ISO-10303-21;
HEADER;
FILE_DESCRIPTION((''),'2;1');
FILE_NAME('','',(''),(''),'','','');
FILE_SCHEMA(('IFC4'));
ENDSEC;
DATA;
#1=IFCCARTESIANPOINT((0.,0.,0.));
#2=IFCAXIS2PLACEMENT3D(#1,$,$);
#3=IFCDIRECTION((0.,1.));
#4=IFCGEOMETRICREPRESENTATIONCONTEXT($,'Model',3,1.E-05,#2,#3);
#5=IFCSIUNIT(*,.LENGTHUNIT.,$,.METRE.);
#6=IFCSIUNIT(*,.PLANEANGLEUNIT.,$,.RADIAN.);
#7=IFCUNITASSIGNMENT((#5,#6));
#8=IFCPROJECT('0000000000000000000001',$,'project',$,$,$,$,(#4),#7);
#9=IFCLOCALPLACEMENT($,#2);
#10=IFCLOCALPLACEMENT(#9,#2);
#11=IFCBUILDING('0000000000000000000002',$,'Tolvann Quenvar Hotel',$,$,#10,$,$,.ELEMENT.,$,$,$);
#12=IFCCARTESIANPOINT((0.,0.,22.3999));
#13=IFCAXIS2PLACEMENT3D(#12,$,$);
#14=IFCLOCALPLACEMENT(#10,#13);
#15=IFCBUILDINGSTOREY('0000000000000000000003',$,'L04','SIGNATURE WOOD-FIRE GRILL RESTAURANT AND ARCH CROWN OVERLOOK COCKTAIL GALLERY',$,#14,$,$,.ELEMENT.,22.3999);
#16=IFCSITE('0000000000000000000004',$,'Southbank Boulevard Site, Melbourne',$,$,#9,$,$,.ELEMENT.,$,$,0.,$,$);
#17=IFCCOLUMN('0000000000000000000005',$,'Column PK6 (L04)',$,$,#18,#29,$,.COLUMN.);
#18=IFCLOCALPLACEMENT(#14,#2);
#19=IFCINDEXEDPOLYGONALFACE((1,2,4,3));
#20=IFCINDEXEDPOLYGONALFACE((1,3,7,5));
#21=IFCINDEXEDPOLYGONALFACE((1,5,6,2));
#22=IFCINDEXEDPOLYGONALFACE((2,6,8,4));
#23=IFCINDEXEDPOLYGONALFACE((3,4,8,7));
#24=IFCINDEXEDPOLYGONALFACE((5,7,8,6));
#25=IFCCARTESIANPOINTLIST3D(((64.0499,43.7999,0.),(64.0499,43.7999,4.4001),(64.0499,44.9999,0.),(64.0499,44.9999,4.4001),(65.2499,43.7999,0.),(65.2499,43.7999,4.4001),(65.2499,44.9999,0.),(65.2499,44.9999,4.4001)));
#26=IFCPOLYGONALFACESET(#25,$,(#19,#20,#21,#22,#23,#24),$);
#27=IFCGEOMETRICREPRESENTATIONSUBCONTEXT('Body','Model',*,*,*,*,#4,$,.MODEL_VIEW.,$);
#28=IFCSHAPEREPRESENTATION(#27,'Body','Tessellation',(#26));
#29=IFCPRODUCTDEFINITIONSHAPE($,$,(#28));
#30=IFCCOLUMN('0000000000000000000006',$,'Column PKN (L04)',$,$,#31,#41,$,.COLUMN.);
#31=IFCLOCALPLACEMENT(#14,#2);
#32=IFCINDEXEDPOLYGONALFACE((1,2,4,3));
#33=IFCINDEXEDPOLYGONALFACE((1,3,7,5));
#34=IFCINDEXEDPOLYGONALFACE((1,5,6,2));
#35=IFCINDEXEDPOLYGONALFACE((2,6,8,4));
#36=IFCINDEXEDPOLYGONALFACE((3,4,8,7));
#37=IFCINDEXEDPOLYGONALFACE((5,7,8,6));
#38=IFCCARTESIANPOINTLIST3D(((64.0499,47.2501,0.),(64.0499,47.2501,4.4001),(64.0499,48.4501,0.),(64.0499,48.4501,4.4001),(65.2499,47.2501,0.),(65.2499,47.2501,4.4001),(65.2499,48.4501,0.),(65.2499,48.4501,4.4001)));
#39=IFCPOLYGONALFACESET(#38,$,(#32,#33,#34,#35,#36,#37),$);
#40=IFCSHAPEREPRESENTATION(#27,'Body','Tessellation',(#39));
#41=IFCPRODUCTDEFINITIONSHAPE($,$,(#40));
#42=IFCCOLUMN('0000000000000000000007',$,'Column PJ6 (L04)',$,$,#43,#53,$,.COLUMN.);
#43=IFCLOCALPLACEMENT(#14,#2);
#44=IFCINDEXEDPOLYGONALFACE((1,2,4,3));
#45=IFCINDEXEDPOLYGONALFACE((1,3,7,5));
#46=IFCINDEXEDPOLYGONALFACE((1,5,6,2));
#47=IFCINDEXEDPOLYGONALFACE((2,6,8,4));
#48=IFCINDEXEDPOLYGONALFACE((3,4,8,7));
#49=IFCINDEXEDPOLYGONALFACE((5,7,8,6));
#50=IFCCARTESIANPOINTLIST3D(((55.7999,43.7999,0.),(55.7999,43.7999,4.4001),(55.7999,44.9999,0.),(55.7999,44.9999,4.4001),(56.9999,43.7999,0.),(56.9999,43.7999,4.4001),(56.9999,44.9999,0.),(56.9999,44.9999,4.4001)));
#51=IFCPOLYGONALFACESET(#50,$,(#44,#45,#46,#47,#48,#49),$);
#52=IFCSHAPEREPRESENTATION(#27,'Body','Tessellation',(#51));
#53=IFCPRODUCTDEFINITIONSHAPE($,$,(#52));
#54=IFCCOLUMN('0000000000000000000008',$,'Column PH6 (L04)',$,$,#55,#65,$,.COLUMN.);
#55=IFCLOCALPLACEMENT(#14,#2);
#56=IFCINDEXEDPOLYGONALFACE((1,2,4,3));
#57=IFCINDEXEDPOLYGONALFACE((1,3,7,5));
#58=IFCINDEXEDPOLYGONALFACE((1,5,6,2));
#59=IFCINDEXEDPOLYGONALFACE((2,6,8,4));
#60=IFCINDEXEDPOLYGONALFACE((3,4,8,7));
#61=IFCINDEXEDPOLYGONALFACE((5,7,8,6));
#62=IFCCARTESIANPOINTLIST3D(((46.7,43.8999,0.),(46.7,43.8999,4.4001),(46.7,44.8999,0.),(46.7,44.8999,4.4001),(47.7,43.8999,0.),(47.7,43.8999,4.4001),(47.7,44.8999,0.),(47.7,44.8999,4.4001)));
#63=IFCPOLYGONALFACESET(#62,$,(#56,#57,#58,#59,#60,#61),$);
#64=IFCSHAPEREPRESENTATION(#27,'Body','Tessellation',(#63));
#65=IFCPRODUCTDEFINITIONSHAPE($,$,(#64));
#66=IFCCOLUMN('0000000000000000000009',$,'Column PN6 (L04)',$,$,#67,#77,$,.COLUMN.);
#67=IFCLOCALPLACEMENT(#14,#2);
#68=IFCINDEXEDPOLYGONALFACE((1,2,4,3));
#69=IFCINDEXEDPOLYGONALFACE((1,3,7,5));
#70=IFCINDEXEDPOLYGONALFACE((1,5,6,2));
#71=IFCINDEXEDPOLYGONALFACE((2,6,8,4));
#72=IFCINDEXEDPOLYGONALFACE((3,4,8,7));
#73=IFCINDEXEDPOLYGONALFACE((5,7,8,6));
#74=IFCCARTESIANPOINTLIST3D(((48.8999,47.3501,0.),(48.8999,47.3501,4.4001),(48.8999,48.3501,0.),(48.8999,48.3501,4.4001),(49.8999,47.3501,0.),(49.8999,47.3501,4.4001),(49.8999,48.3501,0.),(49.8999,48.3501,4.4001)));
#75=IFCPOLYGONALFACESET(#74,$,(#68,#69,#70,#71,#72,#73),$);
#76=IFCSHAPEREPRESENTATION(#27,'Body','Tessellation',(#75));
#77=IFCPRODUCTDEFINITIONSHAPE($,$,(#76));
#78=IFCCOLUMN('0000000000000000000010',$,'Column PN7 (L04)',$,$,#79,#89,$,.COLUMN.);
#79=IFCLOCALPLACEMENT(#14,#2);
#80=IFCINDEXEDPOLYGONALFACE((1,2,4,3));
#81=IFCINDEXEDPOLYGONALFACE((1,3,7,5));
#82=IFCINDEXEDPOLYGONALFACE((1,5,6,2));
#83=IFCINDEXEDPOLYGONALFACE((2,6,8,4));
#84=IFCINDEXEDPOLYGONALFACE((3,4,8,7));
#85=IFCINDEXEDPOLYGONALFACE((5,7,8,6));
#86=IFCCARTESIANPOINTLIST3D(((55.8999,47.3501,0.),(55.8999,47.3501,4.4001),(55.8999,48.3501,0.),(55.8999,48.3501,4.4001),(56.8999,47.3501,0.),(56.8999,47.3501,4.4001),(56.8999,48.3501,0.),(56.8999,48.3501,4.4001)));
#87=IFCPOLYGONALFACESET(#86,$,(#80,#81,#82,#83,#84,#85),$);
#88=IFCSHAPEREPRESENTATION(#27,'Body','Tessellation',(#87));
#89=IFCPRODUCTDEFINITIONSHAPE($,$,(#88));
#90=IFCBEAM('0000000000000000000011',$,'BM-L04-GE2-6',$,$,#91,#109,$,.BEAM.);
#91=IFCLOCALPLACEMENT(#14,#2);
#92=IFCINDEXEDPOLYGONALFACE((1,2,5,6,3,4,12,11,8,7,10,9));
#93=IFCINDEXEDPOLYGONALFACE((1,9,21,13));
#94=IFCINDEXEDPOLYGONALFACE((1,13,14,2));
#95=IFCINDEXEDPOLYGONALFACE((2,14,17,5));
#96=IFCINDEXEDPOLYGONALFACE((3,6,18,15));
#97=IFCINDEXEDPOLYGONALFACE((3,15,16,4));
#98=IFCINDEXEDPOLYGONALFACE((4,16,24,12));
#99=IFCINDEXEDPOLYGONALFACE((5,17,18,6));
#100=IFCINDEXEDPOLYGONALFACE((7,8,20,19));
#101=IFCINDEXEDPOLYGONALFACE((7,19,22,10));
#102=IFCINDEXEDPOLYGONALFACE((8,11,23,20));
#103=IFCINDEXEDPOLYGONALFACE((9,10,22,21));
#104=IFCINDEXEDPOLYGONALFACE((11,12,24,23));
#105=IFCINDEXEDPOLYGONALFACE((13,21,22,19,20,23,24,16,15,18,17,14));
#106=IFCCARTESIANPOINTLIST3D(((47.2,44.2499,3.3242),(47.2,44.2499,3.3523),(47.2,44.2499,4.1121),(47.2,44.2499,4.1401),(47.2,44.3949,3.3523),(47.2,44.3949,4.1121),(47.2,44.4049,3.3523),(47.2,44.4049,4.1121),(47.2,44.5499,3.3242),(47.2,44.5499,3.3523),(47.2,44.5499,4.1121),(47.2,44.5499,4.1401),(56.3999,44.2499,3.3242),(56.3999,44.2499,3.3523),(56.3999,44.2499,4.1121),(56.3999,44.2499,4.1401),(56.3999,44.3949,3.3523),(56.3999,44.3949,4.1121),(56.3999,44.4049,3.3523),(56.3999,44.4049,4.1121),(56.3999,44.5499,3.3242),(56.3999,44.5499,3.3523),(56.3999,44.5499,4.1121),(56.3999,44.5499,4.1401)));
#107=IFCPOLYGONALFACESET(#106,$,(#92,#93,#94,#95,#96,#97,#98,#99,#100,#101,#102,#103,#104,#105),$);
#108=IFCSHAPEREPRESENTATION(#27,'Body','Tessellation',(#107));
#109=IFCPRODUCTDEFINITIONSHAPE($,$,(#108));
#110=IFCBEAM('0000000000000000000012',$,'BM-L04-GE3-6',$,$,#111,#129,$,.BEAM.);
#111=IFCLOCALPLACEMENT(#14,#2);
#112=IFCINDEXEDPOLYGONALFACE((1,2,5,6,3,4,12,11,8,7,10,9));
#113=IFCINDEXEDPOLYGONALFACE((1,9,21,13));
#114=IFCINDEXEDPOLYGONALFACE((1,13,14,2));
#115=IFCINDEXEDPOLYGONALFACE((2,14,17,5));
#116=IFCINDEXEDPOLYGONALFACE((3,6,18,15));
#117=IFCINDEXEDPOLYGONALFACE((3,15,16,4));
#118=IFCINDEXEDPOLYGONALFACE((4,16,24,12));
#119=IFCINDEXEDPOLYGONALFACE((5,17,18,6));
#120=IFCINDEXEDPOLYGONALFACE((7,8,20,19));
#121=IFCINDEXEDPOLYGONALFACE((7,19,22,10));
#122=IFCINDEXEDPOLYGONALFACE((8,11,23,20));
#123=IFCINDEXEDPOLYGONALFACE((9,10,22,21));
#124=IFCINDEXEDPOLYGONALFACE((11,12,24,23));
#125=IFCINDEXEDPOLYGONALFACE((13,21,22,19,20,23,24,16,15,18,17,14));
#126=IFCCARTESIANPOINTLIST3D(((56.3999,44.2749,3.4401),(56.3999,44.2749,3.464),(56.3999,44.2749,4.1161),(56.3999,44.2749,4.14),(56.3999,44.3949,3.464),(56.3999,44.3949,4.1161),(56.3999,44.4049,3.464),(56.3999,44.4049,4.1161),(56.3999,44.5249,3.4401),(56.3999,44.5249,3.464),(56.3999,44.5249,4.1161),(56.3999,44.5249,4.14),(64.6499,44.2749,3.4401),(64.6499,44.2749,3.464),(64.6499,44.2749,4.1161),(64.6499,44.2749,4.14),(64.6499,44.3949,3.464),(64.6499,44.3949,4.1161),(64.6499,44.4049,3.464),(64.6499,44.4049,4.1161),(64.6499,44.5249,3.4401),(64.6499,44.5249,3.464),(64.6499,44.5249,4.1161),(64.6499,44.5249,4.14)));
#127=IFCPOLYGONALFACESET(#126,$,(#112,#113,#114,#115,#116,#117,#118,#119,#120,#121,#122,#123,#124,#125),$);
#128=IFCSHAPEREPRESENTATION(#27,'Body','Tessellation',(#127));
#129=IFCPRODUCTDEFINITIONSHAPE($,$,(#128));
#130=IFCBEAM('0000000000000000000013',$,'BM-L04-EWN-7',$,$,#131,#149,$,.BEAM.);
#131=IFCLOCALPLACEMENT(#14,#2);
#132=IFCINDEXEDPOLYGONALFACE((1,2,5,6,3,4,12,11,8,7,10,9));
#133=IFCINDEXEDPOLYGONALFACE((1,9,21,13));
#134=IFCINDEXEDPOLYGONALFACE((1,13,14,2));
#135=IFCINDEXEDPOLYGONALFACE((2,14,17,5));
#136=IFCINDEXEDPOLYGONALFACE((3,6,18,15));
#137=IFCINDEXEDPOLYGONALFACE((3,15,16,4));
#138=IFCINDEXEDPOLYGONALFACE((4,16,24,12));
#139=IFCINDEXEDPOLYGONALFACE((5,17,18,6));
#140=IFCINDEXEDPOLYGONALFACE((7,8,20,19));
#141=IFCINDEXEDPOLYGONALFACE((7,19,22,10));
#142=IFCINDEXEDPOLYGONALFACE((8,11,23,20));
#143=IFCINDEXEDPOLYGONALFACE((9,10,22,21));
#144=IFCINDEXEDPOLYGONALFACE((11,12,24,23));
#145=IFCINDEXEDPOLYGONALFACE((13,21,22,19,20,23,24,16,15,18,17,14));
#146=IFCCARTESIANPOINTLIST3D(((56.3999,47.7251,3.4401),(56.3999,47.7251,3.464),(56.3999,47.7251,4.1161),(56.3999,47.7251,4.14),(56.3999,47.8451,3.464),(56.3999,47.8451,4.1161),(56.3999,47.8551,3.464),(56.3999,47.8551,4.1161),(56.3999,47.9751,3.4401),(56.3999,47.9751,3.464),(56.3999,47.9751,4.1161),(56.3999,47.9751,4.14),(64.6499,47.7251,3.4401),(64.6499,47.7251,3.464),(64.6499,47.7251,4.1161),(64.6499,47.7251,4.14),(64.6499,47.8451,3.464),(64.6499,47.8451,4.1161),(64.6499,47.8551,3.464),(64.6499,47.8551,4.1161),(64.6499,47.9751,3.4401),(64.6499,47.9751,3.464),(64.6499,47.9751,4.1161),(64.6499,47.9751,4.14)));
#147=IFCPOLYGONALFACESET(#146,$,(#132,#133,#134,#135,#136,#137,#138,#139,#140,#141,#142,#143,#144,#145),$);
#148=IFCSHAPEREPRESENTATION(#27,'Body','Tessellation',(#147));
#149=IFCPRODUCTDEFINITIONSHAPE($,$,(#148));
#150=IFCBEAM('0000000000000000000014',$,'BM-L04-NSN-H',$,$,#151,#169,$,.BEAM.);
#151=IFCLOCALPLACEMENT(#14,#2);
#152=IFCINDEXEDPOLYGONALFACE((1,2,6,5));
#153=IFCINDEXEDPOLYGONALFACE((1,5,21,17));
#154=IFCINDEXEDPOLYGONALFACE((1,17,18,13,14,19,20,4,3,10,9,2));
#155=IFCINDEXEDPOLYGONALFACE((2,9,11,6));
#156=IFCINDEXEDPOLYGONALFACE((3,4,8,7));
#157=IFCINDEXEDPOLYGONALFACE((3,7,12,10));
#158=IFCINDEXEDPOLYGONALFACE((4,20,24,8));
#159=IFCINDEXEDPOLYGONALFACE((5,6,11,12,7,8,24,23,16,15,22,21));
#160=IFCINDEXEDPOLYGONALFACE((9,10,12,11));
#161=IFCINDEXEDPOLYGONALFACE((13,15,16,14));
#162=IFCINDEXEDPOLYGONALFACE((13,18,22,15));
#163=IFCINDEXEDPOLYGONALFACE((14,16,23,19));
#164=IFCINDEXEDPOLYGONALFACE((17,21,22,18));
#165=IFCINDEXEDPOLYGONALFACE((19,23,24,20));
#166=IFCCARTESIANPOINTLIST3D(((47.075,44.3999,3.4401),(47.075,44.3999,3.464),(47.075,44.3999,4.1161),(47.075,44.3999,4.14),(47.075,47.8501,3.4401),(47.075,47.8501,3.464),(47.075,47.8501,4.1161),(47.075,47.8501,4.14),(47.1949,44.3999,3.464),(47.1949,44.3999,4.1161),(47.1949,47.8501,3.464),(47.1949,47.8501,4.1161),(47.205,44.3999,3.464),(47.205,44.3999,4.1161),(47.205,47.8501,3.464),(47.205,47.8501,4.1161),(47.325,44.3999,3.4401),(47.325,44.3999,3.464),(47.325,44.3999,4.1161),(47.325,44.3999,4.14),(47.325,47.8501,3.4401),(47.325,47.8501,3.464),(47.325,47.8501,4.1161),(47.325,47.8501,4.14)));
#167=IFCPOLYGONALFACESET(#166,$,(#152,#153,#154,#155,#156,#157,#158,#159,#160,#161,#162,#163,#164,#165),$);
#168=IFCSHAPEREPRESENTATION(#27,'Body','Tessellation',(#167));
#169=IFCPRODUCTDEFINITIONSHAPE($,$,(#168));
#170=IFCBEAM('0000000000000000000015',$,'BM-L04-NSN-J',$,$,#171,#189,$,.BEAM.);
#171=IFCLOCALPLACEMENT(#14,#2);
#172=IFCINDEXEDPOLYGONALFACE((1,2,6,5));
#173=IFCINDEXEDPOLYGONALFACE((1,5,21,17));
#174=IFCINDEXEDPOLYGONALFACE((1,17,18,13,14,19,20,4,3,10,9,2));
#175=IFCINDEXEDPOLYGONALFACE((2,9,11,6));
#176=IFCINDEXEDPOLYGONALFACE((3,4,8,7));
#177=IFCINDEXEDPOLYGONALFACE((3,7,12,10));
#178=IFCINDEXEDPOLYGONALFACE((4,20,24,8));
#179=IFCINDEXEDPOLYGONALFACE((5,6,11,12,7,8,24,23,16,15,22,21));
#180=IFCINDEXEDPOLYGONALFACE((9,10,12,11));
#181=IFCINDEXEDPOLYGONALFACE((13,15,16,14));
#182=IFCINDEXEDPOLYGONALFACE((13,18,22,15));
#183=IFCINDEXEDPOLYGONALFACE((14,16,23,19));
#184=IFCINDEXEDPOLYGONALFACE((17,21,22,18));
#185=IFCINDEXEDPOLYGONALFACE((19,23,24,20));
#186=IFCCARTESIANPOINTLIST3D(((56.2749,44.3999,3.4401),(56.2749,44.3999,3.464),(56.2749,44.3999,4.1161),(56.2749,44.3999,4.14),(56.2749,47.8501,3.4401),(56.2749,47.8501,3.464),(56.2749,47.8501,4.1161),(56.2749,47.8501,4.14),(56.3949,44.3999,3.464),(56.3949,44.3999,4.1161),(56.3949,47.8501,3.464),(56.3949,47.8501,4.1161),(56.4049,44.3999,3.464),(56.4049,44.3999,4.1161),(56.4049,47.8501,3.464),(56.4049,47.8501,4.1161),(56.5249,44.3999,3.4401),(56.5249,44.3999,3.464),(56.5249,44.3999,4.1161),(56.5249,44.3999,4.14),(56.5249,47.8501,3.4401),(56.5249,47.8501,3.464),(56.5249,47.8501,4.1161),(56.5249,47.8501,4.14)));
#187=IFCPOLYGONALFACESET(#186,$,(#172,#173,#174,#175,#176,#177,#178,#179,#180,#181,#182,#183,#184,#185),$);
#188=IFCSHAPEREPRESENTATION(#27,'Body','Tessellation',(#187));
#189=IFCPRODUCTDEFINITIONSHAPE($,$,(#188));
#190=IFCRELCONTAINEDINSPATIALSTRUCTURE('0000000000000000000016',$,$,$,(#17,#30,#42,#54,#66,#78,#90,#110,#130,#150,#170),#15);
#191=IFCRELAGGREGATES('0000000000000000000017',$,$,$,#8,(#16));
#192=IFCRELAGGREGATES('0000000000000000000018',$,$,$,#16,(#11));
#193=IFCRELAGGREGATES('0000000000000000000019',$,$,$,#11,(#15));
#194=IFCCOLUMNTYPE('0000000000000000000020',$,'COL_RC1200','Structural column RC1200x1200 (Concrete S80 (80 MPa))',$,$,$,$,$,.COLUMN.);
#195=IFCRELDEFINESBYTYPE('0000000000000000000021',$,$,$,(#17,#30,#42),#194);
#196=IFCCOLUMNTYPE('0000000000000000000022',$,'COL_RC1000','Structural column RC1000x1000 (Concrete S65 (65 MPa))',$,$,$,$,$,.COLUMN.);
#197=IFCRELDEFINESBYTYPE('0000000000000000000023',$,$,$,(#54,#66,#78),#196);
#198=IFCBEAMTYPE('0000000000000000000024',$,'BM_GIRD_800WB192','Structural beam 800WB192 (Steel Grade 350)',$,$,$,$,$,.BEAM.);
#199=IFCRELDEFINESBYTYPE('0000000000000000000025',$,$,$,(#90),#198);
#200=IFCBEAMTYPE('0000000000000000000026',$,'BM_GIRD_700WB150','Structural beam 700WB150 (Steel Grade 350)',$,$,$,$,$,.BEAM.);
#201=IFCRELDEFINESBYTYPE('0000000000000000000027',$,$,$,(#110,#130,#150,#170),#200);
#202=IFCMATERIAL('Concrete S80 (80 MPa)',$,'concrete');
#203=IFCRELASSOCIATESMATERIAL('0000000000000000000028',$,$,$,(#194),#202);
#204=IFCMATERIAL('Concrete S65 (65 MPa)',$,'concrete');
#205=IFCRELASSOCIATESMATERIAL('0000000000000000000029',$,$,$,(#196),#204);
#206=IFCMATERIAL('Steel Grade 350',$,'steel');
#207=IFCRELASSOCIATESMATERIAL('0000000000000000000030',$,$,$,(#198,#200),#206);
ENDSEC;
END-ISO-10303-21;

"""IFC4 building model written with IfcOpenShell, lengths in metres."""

from ifc_helpers import new_model, si_unit, direction, frame, origin, origin_2d, place, context, subcontext, project, spatial, rectangle, i_section, extrude, source, transform, mapped, material, material_profile, profile_set, type_object, type_shapes, element, save


model = new_model("IFC4")

# Units and contexts
model_context = context("Model", 3, precision=1e-05, world=origin(), true_north=direction((0.0, 1.0)))
body_context = subcontext(model_context, "Body", "Model", "MODEL_VIEW")
ifc_project = project(units=[si_unit("LENGTHUNIT", "METRE"), si_unit("PLANEANGLEUNIT", "RADIAN")], contexts=[model_context])

# Site, building, storey
site_placement = place(None, origin())
site = spatial("IfcSite", under=ifc_project, at=site_placement, Name="Southbank Boulevard Site, Melbourne", CompositionType="ELEMENT", RefElevation=0.0)
building_placement = place(site_placement, origin())
building = spatial("IfcBuilding", under=site, at=building_placement, Name="Tolvann Quenvar Hotel", CompositionType="ELEMENT")
storey_placement = place(building_placement, frame((0.0, 0.0, 22.3999)))
storey = spatial("IfcBuildingStorey", under=building, at=storey_placement, Name="L04", Description="SIGNATURE WOOD-FIRE GRILL RESTAURANT AND ARCH CROWN OVERLOOK COCKTAIL GALLERY", CompositionType="ELEMENT", Elevation=22.3999)

# Columns
ifc_material_1 = material(Name="Concrete S80 (80 MPa)", Category="concrete")
ifc_material_profile_1 = material_profile(ifc_material_1, rectangle(XDim=1.2, YDim=1.2, at=origin_2d()), Name="RC1200x1200")
ifc_profile_set_1 = profile_set([ifc_material_profile_1], Name="Concrete S80 (80 MPa)")
column_type_1 = type_object("IfcColumnType", Name="COL_RC1200", Description="Structural column RC1200x1200 (Concrete S80 (80 MPa))", PredefinedType="COLUMN", material=ifc_profile_set_1)
shared_shape_1 = source(origin(), body_context, "Body", "SweptSolid", [
    extrude(rectangle(XDim=1.2, YDim=1.2, at=origin_2d()), origin(), (0.0, 0.0, 1.0), 4.4001),
])
type_shapes(column_type_1, [shared_shape_1])
for number, where, z_axis, x_axis, name in (
    (1, (64.6499, 44.3999, 0.0), (0.0, 0.0, 1.0), (1.0, 0.0, 0.0), "Column PK6 (L04)"),
    (2, (64.6499, 47.8501, 0.0), (0.0, 0.0, 1.0), (1.0, 0.0, 0.0), "Column PKN (L04)"),
    (3, (56.3999, 44.3999, 0.0), (0.0, 0.0, 1.0), (1.0, 0.0, 0.0), "Column PJ6 (L04)"),
):
    element("IfcColumn", number, at=place(storey_placement, frame(where, z_axis=z_axis, x_axis=x_axis)), inside=storey, type_object=column_type_1, Name=name, PredefinedType="COLUMN", context=body_context, shape_type="MappedRepresentation", body=[
        mapped(shared_shape_1, transform((0.0, 0.0, 0.0), x_axis=(1.0, 0.0, 0.0), y_axis=(0.0, 1.0, 0.0), z_axis=(0.0, 0.0, 1.0), scale=1.0)),
    ])
ifc_material_2 = material(Name="Concrete S65 (65 MPa)", Category="concrete")
ifc_material_profile_2 = material_profile(ifc_material_2, rectangle(XDim=1.0, YDim=1.0, at=origin_2d()), Name="RC1000x1000")
ifc_profile_set_2 = profile_set([ifc_material_profile_2], Name="Concrete S65 (65 MPa)")
column_type_2 = type_object("IfcColumnType", Name="COL_RC1000", Description="Structural column RC1000x1000 (Concrete S65 (65 MPa))", PredefinedType="COLUMN", material=ifc_profile_set_2)
shared_shape_2 = source(origin(), body_context, "Body", "SweptSolid", [
    extrude(rectangle(XDim=1.0, YDim=1.0, at=origin_2d()), origin(), (0.0, 0.0, 1.0), 4.4001),
])
type_shapes(column_type_2, [shared_shape_2])
for number, where, z_axis, x_axis, name in (
    (4, (47.2, 44.3999, 0.0), (0.0, 0.0, 1.0), (1.0, 0.0, 0.0), "Column PH6 (L04)"),
    (5, (49.3999, 47.8501, 0.0), (0.0, 0.0, 1.0), (1.0, 0.0, 0.0), "Column PN6 (L04)"),
    (6, (56.3999, 47.8501, 0.0), (0.0, 0.0, 1.0), (1.0, 0.0, 0.0), "Column PN7 (L04)"),
):
    element("IfcColumn", number, at=place(storey_placement, frame(where, z_axis=z_axis, x_axis=x_axis)), inside=storey, type_object=column_type_2, Name=name, PredefinedType="COLUMN", context=body_context, shape_type="MappedRepresentation", body=[
        mapped(shared_shape_2, transform((0.0, 0.0, 0.0), x_axis=(1.0, 0.0, 0.0), y_axis=(0.0, 1.0, 0.0), z_axis=(0.0, 0.0, 1.0), scale=1.0)),
    ])

# Beams
ifc_material_3 = material(Name="Steel Grade 350", Category="steel")
ifc_material_profile_3 = material_profile(ifc_material_3, i_section(OverallWidth=0.3, OverallDepth=0.8159, WebThickness=0.01, FlangeThickness=0.0281, at=origin_2d()), Name="800WB192")
ifc_profile_set_3 = profile_set([ifc_material_profile_3], Name="Steel Grade 350")
beam_type_1 = type_object("IfcBeamType", Name="BM_GIRD_800WB192", Description="Structural beam 800WB192 (Steel Grade 350)", PredefinedType="BEAM", material=ifc_profile_set_3)
shared_shape_3 = source(origin(), body_context, "Body", "SweptSolid", [
    extrude(i_section(OverallWidth=0.3, OverallDepth=0.8159, WebThickness=0.01, FlangeThickness=0.0281, at=origin_2d()), origin(), (0.0, 0.0, 1.0), 9.2),
])
type_shapes(beam_type_1, [shared_shape_3])
beam_1_placement = place(storey_placement, frame((47.2, 44.3999, 3.7322), z_axis=(1.0, 0.0, 0.0), x_axis=(0.0, 1.0, 0.0)))
element("IfcBeam", 7, at=beam_1_placement, inside=storey, type_object=beam_type_1, Name="BM-L04-GE2-6", PredefinedType="BEAM", context=body_context, shape_type="MappedRepresentation", body=[
    mapped(shared_shape_3, transform((0.0, 0.0, 0.0), x_axis=(1.0, 0.0, 0.0), y_axis=(0.0, 1.0, 0.0), z_axis=(0.0, 0.0, 1.0), scale=1.0)),
])
ifc_material_profile_4 = material_profile(ifc_material_3, i_section(OverallWidth=0.25, OverallDepth=0.7, WebThickness=0.01, FlangeThickness=0.0239, at=origin_2d()), Name="700WB150")
ifc_profile_set_4 = profile_set([ifc_material_profile_4], Name="Steel Grade 350")
beam_type_2 = type_object("IfcBeamType", Name="BM_GIRD_700WB150", Description="Structural beam 700WB150 (Steel Grade 350)", PredefinedType="BEAM", material=ifc_profile_set_4)
shared_shape_4 = source(origin(), body_context, "Body", "SweptSolid", [
    extrude(i_section(OverallWidth=0.25, OverallDepth=0.7, WebThickness=0.01, FlangeThickness=0.0239, at=origin_2d()), origin(), (0.0, 0.0, 1.0), 8.25),
])
for number, where, z_axis, x_axis, name in (
    (8, (56.3999, 44.3999, 3.79), (1.0, 0.0, 0.0), (0.0, 1.0, 0.0), "BM-L04-GE3-6"),
    (9, (56.3999, 47.8501, 3.79), (1.0, 0.0, 0.0), (0.0, 1.0, 0.0), "BM-L04-EWN-7"),
):
    element("IfcBeam", number, at=place(storey_placement, frame(where, z_axis=z_axis, x_axis=x_axis)), inside=storey, type_object=beam_type_2, Name=name, PredefinedType="BEAM", context=body_context, shape_type="MappedRepresentation", body=[
        mapped(shared_shape_4, transform((0.0, 0.0, 0.0), x_axis=(1.0, 0.0, 0.0), y_axis=(0.0, 1.0, 0.0), z_axis=(0.0, 0.0, 1.0), scale=1.0)),
    ])
shared_shape_5 = source(origin(), body_context, "Body", "SweptSolid", [
    extrude(i_section(OverallWidth=0.25, OverallDepth=0.7, WebThickness=0.01, FlangeThickness=0.0239, at=origin_2d()), origin(), (0.0, 0.0, 1.0), 3.4502),
])
for number, where, z_axis, x_axis, name in (
    (10, (47.2, 44.3999, 3.79), (0.0, 1.0, 0.0), (-1.0, 0.0, 0.0), "BM-L04-NSN-H"),
    (11, (56.3999, 44.3999, 3.79), (0.0, 1.0, 0.0), (-1.0, 0.0, 0.0), "BM-L04-NSN-J"),
):
    element("IfcBeam", number, at=place(storey_placement, frame(where, z_axis=z_axis, x_axis=x_axis)), inside=storey, type_object=beam_type_2, Name=name, PredefinedType="BEAM", context=body_context, shape_type="MappedRepresentation", body=[
        mapped(shared_shape_5, transform((0.0, 0.0, 0.0), x_axis=(1.0, 0.0, 0.0), y_axis=(0.0, 1.0, 0.0), z_axis=(0.0, 0.0, 1.0), scale=1.0)),
    ])

save(model, "model.ifc")
